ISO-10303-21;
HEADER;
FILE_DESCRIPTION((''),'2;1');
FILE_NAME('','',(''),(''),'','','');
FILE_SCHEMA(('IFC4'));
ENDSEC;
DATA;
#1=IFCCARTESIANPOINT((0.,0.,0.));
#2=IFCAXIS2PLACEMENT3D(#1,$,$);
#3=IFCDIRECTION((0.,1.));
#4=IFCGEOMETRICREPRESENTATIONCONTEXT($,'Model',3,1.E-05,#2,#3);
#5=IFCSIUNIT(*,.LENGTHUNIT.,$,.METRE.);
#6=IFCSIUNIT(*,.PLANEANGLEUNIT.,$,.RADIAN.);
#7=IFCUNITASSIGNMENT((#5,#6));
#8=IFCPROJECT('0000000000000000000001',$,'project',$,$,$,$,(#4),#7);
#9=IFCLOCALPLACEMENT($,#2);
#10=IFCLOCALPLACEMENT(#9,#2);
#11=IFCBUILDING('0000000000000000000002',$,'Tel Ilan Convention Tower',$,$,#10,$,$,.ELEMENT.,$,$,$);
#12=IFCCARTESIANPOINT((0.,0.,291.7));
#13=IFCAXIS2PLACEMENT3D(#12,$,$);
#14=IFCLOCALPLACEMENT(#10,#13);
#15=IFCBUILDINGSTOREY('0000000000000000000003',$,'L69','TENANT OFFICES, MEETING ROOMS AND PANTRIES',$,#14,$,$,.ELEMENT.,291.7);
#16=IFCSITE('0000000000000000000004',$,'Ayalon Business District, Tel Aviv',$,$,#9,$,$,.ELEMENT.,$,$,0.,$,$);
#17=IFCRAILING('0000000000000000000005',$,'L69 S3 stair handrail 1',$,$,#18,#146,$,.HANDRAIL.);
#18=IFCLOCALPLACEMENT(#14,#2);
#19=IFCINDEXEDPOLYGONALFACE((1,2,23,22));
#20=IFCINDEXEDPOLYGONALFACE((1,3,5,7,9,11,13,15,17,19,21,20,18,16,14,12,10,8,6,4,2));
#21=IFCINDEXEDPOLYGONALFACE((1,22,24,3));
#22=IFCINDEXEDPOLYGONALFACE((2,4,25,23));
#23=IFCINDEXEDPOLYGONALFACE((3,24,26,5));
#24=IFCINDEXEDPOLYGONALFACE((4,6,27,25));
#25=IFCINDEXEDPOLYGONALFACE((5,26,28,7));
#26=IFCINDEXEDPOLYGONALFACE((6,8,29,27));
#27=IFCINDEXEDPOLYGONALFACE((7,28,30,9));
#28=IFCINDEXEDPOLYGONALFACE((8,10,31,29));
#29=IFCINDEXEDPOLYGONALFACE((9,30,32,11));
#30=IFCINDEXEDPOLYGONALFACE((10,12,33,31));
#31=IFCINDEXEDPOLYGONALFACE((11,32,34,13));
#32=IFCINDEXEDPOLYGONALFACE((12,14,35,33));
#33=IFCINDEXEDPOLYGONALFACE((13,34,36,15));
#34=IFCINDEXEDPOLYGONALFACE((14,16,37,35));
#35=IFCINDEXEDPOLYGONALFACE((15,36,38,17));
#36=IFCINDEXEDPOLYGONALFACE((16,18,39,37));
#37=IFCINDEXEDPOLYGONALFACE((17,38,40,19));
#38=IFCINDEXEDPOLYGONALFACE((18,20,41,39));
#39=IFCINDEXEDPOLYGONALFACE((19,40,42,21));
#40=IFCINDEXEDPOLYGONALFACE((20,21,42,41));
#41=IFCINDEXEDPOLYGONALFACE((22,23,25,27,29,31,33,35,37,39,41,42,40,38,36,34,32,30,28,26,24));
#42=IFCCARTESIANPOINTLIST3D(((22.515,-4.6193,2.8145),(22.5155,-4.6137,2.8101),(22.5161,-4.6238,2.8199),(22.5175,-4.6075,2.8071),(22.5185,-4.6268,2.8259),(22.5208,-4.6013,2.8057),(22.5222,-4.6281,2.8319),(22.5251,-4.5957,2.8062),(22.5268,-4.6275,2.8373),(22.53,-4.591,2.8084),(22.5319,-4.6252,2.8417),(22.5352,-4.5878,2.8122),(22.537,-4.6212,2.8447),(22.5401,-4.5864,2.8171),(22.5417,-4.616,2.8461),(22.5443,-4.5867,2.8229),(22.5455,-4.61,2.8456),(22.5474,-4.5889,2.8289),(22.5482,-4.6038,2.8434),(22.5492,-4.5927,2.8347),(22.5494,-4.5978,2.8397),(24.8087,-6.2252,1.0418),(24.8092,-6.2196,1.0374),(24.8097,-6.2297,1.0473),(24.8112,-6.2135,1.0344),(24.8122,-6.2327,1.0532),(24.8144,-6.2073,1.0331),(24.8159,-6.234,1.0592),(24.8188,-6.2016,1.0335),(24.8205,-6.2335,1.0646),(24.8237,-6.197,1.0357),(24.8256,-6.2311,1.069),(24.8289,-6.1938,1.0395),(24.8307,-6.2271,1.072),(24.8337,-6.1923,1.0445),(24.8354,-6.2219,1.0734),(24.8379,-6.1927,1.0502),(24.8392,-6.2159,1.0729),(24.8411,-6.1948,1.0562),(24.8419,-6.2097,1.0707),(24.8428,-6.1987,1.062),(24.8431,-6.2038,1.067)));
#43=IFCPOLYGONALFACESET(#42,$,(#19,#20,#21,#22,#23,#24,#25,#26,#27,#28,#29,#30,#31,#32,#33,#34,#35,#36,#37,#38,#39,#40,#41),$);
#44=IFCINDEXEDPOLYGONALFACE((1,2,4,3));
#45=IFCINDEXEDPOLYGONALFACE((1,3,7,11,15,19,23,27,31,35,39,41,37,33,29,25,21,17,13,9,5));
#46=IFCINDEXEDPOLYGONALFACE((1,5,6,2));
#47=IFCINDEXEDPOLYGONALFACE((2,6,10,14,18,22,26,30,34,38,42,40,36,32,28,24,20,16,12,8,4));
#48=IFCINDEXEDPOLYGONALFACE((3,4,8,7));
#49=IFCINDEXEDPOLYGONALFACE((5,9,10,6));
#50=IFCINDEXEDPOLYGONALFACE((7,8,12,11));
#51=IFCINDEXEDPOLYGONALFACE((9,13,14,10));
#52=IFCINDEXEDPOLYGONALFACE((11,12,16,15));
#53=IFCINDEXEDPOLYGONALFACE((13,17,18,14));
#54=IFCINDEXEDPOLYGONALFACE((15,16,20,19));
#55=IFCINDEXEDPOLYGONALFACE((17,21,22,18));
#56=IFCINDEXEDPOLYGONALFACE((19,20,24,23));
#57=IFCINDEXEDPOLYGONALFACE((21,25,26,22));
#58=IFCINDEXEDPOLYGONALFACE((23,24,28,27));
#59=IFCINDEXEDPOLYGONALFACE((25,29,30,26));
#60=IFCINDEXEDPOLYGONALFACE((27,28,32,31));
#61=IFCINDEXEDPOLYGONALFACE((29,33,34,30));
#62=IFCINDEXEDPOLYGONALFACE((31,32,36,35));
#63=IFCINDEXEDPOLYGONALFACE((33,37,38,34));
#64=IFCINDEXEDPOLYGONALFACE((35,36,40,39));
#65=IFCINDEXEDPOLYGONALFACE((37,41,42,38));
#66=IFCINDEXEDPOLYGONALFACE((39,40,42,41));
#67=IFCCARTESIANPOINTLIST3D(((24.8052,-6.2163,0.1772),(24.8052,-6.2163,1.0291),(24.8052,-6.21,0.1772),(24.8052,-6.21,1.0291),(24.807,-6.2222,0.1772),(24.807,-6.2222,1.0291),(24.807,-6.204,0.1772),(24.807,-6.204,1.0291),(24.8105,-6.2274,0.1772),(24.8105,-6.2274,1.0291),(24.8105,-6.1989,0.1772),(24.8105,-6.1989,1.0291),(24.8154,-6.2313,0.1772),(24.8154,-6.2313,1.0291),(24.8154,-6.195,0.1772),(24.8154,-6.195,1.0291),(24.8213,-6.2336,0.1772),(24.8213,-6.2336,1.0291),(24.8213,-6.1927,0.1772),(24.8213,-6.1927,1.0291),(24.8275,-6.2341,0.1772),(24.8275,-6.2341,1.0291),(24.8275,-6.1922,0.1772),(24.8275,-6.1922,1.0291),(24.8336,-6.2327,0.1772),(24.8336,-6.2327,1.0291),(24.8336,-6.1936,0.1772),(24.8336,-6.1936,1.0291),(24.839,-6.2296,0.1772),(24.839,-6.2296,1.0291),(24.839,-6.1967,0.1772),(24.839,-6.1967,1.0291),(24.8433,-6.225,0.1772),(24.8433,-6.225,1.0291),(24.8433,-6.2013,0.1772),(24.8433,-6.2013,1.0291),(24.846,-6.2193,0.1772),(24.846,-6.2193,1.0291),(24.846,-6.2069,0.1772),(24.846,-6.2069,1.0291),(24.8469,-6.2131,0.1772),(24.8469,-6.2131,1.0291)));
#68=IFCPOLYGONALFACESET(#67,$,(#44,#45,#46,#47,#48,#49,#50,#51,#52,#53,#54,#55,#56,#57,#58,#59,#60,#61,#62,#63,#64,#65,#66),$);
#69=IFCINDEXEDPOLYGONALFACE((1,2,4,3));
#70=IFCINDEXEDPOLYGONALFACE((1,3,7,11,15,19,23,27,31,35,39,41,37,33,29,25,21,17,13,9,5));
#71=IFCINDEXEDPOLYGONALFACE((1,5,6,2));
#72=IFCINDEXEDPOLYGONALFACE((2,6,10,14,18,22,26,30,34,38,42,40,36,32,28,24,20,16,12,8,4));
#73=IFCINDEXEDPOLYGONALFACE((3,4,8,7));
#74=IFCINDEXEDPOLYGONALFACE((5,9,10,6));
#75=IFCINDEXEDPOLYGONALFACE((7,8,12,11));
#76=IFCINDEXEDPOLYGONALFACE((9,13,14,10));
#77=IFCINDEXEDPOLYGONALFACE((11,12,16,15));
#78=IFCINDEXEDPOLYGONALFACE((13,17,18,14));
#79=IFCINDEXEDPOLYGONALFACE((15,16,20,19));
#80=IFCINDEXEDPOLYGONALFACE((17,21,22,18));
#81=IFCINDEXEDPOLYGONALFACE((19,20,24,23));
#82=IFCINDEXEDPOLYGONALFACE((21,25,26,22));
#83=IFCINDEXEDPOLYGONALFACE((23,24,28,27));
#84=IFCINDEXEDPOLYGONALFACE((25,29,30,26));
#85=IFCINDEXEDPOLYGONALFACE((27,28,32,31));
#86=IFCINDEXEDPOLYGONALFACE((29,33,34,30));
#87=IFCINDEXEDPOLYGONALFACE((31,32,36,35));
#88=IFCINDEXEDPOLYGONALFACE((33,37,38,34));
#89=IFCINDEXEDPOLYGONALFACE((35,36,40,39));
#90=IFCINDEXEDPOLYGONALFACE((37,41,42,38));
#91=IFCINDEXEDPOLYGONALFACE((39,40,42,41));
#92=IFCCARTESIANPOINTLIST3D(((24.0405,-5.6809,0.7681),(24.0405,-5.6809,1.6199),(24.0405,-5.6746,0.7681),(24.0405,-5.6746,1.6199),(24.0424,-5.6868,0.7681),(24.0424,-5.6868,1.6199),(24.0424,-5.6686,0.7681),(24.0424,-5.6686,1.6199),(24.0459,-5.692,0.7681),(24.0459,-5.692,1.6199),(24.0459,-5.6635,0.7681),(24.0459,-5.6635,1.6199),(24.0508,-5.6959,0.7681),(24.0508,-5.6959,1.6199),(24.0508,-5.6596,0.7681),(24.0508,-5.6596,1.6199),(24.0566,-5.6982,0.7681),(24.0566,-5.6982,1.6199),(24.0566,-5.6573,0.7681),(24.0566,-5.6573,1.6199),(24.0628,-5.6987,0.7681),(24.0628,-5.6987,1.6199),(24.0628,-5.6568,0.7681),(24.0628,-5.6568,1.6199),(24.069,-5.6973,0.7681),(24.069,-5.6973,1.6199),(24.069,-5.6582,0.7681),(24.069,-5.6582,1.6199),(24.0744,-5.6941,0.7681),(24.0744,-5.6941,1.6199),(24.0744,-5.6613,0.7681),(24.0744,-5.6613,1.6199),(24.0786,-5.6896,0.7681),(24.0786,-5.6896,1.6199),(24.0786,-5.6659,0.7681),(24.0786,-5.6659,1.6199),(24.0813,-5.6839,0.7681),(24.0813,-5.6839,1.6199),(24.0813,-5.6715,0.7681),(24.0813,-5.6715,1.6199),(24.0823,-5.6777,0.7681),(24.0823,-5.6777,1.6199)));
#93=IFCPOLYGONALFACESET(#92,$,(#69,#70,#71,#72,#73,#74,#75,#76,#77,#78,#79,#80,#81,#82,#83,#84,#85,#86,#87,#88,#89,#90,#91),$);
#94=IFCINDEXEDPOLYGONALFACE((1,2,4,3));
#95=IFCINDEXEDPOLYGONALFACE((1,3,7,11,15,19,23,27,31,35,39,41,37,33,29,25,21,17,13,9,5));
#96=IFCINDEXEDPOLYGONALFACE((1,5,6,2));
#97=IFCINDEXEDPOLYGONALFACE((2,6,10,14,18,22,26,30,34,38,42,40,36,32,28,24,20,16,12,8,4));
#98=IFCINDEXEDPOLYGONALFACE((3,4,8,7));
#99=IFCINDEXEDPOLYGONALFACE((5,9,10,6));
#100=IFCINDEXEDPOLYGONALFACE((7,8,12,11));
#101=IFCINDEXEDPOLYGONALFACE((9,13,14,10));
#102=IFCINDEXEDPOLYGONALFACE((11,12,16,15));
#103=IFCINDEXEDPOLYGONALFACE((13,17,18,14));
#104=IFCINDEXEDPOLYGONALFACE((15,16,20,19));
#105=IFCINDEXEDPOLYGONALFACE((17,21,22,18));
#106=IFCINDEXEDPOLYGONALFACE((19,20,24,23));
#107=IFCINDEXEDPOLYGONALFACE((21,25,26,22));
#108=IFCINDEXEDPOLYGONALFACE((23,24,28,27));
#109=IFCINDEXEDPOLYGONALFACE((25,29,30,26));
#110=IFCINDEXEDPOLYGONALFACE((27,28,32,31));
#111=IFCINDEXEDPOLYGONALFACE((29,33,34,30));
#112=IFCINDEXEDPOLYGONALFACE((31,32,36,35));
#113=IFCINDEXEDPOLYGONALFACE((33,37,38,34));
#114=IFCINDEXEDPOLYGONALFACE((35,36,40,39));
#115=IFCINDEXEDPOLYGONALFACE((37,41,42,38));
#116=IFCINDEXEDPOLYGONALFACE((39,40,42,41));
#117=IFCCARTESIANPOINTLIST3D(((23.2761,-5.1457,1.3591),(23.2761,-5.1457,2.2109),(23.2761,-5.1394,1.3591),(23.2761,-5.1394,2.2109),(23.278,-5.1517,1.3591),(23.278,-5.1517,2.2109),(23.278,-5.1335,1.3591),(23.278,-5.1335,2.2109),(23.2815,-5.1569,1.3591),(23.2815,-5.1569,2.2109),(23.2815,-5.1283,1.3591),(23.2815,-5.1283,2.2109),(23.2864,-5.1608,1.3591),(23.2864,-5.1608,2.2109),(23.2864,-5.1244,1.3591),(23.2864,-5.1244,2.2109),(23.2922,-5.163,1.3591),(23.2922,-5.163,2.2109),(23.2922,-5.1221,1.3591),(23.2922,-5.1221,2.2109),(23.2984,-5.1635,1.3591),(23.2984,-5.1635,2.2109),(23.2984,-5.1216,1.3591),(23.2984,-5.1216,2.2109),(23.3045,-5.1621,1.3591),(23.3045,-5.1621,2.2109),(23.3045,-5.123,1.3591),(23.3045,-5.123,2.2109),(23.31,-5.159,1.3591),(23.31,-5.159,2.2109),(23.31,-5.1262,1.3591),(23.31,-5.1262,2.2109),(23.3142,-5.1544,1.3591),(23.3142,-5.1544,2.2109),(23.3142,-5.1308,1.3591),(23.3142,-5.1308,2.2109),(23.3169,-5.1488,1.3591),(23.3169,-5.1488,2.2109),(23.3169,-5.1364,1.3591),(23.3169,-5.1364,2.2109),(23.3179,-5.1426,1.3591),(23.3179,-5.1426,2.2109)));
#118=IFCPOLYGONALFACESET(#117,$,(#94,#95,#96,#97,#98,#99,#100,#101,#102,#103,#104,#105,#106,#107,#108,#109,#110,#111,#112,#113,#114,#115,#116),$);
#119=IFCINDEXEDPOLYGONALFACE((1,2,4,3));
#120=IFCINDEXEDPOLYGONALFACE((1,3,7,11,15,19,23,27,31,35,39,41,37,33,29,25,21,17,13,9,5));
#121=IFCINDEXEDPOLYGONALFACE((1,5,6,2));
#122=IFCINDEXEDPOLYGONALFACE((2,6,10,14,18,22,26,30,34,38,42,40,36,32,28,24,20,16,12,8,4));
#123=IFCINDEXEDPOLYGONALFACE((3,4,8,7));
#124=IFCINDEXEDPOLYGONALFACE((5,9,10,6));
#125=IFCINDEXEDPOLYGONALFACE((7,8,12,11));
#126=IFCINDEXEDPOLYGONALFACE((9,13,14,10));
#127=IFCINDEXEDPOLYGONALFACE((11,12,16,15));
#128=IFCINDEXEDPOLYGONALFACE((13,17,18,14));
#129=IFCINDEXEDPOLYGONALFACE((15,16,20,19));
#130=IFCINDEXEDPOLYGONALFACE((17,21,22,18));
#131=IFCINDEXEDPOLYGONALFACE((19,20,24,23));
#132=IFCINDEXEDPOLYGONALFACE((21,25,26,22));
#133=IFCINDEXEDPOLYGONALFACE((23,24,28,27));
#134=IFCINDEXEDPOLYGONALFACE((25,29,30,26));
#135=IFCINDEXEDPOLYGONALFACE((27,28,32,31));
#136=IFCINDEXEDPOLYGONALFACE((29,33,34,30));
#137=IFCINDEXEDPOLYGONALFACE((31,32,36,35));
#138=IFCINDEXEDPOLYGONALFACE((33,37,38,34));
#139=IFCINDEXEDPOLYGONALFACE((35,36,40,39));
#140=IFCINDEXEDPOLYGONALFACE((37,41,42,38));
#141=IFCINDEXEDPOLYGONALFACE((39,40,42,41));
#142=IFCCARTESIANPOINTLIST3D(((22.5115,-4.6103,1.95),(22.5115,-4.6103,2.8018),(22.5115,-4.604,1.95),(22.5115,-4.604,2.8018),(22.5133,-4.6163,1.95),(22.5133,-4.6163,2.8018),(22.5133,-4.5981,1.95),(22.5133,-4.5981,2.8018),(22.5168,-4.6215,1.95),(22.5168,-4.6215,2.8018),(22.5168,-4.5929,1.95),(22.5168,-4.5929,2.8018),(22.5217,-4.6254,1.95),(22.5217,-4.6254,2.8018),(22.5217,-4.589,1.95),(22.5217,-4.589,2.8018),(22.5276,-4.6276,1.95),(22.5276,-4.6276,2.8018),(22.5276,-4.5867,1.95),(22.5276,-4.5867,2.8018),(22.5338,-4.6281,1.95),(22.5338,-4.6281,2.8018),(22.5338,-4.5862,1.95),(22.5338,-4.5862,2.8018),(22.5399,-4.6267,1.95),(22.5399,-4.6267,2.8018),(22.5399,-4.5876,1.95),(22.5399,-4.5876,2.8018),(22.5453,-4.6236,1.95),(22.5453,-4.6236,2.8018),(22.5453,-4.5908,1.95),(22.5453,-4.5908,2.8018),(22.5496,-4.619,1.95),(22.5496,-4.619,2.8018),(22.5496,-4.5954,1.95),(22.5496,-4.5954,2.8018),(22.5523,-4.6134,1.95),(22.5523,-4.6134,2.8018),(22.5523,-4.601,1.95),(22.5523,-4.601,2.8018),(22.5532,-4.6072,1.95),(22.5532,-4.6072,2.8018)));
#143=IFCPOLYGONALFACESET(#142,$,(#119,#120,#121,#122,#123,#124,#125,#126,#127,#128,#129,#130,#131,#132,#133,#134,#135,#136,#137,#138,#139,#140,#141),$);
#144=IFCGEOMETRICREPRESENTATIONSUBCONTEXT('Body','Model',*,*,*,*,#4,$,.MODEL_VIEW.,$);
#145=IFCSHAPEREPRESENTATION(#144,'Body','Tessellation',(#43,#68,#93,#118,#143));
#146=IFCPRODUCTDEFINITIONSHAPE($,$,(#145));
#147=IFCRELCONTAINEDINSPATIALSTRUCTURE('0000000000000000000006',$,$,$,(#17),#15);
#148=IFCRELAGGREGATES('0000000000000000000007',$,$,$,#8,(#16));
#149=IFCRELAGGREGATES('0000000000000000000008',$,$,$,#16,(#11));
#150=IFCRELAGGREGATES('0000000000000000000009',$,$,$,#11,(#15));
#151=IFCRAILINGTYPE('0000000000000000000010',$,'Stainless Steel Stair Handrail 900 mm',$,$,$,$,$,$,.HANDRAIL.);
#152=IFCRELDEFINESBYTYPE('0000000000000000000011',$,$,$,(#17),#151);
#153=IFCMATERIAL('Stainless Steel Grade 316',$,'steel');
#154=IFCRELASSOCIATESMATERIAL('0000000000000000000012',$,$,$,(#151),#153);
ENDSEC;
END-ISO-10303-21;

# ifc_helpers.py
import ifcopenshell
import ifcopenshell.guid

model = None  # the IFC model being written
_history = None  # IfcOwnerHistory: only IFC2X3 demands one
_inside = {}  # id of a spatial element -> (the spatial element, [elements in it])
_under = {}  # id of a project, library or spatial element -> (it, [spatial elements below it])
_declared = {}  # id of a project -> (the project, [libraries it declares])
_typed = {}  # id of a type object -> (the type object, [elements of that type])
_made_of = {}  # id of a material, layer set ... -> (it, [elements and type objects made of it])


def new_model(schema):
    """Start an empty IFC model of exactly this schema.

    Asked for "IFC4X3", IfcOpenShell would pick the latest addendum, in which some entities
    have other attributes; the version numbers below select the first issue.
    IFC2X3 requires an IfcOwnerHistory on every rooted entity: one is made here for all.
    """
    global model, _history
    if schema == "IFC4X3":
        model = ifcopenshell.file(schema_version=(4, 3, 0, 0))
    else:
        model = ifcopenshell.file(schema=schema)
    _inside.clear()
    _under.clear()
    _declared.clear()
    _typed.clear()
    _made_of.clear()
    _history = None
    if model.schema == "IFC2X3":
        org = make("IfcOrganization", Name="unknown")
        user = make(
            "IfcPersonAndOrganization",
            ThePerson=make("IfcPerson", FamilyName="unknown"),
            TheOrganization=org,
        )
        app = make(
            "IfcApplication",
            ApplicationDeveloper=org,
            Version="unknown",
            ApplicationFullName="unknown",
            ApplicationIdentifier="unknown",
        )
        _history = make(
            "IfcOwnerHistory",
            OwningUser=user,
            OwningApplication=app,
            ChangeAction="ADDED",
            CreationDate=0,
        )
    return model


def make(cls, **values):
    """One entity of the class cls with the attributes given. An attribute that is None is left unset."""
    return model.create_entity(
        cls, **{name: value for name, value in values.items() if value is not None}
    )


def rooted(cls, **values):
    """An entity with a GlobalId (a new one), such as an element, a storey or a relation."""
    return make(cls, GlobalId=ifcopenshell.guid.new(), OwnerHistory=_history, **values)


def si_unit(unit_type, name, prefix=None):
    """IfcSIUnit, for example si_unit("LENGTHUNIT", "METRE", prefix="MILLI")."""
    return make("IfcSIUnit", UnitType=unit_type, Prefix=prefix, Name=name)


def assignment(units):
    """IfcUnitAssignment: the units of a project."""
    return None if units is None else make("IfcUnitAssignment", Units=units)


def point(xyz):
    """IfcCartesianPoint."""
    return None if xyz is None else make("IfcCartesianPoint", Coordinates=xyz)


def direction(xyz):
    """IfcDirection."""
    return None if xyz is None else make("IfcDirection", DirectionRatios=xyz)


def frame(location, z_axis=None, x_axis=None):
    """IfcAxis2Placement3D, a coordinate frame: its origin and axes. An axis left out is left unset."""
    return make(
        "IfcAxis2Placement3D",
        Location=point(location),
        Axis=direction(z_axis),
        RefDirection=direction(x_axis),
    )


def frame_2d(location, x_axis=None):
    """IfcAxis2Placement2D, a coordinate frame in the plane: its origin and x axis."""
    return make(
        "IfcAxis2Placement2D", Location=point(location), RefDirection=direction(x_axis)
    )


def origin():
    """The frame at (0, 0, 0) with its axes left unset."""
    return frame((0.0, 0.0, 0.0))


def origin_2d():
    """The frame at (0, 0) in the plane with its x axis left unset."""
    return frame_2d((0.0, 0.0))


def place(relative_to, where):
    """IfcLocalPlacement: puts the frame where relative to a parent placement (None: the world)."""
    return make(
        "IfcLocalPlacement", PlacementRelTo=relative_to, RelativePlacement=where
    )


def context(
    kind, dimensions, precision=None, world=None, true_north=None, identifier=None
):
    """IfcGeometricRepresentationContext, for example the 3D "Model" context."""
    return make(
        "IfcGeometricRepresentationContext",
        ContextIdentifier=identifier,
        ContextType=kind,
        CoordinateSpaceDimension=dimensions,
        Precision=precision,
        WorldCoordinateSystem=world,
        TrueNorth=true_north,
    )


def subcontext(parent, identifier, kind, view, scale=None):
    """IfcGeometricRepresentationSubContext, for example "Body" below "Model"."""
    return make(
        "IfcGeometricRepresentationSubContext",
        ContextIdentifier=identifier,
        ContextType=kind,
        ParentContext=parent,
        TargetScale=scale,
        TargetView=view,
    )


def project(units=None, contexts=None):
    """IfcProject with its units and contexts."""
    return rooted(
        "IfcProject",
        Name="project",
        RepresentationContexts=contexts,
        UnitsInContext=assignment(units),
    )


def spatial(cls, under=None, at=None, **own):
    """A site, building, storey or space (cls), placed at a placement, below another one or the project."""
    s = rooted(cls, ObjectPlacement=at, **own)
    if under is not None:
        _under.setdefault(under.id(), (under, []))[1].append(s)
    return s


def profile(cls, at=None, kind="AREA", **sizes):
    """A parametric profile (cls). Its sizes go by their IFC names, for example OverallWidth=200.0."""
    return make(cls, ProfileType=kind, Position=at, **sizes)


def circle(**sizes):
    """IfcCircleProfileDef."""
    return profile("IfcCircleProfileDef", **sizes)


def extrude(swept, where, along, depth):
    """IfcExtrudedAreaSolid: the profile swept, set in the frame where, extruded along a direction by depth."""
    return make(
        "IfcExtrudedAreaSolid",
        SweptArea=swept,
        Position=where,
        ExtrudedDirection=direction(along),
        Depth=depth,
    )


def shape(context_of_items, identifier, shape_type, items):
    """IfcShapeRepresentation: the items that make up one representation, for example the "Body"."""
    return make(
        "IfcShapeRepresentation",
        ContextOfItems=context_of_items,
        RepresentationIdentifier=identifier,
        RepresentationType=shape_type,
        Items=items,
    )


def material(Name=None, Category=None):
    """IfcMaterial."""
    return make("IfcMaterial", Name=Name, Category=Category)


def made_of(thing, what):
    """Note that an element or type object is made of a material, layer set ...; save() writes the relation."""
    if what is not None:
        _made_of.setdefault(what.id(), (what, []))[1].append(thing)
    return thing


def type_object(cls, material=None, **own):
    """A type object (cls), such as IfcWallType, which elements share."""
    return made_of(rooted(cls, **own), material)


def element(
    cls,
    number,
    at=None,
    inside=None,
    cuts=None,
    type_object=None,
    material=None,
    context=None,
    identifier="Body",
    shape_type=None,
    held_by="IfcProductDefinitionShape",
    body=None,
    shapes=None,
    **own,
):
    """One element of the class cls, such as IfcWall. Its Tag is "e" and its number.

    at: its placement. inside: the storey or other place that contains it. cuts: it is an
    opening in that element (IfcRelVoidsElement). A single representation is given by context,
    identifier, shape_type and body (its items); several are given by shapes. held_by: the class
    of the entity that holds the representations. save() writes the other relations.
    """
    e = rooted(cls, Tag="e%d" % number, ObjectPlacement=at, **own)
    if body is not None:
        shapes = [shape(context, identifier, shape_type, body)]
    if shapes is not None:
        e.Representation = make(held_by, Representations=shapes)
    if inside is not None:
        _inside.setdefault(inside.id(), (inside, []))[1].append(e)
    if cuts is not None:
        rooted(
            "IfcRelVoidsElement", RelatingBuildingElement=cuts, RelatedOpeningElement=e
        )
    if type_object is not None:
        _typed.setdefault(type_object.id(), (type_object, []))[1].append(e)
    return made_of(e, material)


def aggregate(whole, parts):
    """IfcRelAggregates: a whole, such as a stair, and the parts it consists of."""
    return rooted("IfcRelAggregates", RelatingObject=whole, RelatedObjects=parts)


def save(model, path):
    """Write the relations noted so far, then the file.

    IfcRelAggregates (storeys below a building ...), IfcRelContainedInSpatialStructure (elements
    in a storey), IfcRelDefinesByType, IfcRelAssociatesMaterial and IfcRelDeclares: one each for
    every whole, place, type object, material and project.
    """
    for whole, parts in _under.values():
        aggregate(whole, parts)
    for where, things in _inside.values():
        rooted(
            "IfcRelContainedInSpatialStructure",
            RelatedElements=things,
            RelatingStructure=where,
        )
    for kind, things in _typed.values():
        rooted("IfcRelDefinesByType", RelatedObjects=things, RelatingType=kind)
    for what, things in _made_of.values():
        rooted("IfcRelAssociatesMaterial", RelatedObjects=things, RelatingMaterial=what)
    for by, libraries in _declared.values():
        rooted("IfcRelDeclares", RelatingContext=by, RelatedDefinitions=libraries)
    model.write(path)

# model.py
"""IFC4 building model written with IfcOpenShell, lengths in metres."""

from ifc_helpers import new_model, si_unit, direction, frame, origin, origin_2d, place, context, subcontext, project, spatial, circle, extrude, material, type_object, element, save


model = new_model("IFC4")

# Units and contexts
model_context = context("Model", 3, precision=1e-05, world=origin(), true_north=direction((0.0, 1.0)))
body_context = subcontext(model_context, "Body", "Model", "MODEL_VIEW")
ifc_project = project(units=[si_unit("LENGTHUNIT", "METRE"), si_unit("PLANEANGLEUNIT", "RADIAN")], contexts=[model_context])

# Site, building, storey
site_placement = place(None, origin())
site = spatial("IfcSite", under=ifc_project, at=site_placement, Name="Ayalon Business District, Tel Aviv", CompositionType="ELEMENT", RefElevation=0.0)
building_placement = place(site_placement, origin())
building = spatial("IfcBuilding", under=site, at=building_placement, Name="Tel Ilan Convention Tower", CompositionType="ELEMENT")
storey_placement = place(building_placement, frame((0.0, 0.0, 291.7)))
storey = spatial("IfcBuildingStorey", under=building, at=storey_placement, Name="L69", Description="TENANT OFFICES, MEETING ROOMS AND PANTRIES", CompositionType="ELEMENT", Elevation=291.7)

# Railing
ifc_material_1 = material(Name="Stainless Steel Grade 316", Category="steel")
railing_type_1 = type_object("IfcRailingType", Name="Stainless Steel Stair Handrail 900 mm", PredefinedType="HANDRAIL", material=ifc_material_1)
railing_1_placement = place(storey_placement, frame((24.8259, -6.2131, 0.1772)))
element("IfcRailing", 1, at=railing_1_placement, inside=storey, type_object=railing_type_1, Name="L69 S3 stair handrail 1", PredefinedType="HANDRAIL", context=body_context, shape_type="SweptSolid", body=[
    extrude(circle(Radius=0.0239, at=origin_2d()), frame((0.0, 0.0, 0.876), z_axis=(-0.692123, 0.484597, 0.534913), x_axis=(-0.57355, -0.81917, 0.0)), (0.0, 0.0, 1.0), 3.314),
    extrude(circle(Radius=0.021, at=origin_2d()), origin(), (0.0, 0.0, 1.0), 0.8518),
    extrude(circle(Radius=0.021, at=origin_2d()), frame((-0.7646, 0.5354, 0.5908)), (0.0, 0.0, 1.0), 0.8518),
    extrude(circle(Radius=0.021, at=origin_2d()), frame((-1.5291, 1.0706, 1.1819)), (0.0, 0.0, 1.0), 0.8518),
    extrude(circle(Radius=0.021, at=origin_2d()), frame((-2.2937, 1.606, 1.7727)), (0.0, 0.0, 1.0), 0.8518),
])

save(model, "model.ifc")
